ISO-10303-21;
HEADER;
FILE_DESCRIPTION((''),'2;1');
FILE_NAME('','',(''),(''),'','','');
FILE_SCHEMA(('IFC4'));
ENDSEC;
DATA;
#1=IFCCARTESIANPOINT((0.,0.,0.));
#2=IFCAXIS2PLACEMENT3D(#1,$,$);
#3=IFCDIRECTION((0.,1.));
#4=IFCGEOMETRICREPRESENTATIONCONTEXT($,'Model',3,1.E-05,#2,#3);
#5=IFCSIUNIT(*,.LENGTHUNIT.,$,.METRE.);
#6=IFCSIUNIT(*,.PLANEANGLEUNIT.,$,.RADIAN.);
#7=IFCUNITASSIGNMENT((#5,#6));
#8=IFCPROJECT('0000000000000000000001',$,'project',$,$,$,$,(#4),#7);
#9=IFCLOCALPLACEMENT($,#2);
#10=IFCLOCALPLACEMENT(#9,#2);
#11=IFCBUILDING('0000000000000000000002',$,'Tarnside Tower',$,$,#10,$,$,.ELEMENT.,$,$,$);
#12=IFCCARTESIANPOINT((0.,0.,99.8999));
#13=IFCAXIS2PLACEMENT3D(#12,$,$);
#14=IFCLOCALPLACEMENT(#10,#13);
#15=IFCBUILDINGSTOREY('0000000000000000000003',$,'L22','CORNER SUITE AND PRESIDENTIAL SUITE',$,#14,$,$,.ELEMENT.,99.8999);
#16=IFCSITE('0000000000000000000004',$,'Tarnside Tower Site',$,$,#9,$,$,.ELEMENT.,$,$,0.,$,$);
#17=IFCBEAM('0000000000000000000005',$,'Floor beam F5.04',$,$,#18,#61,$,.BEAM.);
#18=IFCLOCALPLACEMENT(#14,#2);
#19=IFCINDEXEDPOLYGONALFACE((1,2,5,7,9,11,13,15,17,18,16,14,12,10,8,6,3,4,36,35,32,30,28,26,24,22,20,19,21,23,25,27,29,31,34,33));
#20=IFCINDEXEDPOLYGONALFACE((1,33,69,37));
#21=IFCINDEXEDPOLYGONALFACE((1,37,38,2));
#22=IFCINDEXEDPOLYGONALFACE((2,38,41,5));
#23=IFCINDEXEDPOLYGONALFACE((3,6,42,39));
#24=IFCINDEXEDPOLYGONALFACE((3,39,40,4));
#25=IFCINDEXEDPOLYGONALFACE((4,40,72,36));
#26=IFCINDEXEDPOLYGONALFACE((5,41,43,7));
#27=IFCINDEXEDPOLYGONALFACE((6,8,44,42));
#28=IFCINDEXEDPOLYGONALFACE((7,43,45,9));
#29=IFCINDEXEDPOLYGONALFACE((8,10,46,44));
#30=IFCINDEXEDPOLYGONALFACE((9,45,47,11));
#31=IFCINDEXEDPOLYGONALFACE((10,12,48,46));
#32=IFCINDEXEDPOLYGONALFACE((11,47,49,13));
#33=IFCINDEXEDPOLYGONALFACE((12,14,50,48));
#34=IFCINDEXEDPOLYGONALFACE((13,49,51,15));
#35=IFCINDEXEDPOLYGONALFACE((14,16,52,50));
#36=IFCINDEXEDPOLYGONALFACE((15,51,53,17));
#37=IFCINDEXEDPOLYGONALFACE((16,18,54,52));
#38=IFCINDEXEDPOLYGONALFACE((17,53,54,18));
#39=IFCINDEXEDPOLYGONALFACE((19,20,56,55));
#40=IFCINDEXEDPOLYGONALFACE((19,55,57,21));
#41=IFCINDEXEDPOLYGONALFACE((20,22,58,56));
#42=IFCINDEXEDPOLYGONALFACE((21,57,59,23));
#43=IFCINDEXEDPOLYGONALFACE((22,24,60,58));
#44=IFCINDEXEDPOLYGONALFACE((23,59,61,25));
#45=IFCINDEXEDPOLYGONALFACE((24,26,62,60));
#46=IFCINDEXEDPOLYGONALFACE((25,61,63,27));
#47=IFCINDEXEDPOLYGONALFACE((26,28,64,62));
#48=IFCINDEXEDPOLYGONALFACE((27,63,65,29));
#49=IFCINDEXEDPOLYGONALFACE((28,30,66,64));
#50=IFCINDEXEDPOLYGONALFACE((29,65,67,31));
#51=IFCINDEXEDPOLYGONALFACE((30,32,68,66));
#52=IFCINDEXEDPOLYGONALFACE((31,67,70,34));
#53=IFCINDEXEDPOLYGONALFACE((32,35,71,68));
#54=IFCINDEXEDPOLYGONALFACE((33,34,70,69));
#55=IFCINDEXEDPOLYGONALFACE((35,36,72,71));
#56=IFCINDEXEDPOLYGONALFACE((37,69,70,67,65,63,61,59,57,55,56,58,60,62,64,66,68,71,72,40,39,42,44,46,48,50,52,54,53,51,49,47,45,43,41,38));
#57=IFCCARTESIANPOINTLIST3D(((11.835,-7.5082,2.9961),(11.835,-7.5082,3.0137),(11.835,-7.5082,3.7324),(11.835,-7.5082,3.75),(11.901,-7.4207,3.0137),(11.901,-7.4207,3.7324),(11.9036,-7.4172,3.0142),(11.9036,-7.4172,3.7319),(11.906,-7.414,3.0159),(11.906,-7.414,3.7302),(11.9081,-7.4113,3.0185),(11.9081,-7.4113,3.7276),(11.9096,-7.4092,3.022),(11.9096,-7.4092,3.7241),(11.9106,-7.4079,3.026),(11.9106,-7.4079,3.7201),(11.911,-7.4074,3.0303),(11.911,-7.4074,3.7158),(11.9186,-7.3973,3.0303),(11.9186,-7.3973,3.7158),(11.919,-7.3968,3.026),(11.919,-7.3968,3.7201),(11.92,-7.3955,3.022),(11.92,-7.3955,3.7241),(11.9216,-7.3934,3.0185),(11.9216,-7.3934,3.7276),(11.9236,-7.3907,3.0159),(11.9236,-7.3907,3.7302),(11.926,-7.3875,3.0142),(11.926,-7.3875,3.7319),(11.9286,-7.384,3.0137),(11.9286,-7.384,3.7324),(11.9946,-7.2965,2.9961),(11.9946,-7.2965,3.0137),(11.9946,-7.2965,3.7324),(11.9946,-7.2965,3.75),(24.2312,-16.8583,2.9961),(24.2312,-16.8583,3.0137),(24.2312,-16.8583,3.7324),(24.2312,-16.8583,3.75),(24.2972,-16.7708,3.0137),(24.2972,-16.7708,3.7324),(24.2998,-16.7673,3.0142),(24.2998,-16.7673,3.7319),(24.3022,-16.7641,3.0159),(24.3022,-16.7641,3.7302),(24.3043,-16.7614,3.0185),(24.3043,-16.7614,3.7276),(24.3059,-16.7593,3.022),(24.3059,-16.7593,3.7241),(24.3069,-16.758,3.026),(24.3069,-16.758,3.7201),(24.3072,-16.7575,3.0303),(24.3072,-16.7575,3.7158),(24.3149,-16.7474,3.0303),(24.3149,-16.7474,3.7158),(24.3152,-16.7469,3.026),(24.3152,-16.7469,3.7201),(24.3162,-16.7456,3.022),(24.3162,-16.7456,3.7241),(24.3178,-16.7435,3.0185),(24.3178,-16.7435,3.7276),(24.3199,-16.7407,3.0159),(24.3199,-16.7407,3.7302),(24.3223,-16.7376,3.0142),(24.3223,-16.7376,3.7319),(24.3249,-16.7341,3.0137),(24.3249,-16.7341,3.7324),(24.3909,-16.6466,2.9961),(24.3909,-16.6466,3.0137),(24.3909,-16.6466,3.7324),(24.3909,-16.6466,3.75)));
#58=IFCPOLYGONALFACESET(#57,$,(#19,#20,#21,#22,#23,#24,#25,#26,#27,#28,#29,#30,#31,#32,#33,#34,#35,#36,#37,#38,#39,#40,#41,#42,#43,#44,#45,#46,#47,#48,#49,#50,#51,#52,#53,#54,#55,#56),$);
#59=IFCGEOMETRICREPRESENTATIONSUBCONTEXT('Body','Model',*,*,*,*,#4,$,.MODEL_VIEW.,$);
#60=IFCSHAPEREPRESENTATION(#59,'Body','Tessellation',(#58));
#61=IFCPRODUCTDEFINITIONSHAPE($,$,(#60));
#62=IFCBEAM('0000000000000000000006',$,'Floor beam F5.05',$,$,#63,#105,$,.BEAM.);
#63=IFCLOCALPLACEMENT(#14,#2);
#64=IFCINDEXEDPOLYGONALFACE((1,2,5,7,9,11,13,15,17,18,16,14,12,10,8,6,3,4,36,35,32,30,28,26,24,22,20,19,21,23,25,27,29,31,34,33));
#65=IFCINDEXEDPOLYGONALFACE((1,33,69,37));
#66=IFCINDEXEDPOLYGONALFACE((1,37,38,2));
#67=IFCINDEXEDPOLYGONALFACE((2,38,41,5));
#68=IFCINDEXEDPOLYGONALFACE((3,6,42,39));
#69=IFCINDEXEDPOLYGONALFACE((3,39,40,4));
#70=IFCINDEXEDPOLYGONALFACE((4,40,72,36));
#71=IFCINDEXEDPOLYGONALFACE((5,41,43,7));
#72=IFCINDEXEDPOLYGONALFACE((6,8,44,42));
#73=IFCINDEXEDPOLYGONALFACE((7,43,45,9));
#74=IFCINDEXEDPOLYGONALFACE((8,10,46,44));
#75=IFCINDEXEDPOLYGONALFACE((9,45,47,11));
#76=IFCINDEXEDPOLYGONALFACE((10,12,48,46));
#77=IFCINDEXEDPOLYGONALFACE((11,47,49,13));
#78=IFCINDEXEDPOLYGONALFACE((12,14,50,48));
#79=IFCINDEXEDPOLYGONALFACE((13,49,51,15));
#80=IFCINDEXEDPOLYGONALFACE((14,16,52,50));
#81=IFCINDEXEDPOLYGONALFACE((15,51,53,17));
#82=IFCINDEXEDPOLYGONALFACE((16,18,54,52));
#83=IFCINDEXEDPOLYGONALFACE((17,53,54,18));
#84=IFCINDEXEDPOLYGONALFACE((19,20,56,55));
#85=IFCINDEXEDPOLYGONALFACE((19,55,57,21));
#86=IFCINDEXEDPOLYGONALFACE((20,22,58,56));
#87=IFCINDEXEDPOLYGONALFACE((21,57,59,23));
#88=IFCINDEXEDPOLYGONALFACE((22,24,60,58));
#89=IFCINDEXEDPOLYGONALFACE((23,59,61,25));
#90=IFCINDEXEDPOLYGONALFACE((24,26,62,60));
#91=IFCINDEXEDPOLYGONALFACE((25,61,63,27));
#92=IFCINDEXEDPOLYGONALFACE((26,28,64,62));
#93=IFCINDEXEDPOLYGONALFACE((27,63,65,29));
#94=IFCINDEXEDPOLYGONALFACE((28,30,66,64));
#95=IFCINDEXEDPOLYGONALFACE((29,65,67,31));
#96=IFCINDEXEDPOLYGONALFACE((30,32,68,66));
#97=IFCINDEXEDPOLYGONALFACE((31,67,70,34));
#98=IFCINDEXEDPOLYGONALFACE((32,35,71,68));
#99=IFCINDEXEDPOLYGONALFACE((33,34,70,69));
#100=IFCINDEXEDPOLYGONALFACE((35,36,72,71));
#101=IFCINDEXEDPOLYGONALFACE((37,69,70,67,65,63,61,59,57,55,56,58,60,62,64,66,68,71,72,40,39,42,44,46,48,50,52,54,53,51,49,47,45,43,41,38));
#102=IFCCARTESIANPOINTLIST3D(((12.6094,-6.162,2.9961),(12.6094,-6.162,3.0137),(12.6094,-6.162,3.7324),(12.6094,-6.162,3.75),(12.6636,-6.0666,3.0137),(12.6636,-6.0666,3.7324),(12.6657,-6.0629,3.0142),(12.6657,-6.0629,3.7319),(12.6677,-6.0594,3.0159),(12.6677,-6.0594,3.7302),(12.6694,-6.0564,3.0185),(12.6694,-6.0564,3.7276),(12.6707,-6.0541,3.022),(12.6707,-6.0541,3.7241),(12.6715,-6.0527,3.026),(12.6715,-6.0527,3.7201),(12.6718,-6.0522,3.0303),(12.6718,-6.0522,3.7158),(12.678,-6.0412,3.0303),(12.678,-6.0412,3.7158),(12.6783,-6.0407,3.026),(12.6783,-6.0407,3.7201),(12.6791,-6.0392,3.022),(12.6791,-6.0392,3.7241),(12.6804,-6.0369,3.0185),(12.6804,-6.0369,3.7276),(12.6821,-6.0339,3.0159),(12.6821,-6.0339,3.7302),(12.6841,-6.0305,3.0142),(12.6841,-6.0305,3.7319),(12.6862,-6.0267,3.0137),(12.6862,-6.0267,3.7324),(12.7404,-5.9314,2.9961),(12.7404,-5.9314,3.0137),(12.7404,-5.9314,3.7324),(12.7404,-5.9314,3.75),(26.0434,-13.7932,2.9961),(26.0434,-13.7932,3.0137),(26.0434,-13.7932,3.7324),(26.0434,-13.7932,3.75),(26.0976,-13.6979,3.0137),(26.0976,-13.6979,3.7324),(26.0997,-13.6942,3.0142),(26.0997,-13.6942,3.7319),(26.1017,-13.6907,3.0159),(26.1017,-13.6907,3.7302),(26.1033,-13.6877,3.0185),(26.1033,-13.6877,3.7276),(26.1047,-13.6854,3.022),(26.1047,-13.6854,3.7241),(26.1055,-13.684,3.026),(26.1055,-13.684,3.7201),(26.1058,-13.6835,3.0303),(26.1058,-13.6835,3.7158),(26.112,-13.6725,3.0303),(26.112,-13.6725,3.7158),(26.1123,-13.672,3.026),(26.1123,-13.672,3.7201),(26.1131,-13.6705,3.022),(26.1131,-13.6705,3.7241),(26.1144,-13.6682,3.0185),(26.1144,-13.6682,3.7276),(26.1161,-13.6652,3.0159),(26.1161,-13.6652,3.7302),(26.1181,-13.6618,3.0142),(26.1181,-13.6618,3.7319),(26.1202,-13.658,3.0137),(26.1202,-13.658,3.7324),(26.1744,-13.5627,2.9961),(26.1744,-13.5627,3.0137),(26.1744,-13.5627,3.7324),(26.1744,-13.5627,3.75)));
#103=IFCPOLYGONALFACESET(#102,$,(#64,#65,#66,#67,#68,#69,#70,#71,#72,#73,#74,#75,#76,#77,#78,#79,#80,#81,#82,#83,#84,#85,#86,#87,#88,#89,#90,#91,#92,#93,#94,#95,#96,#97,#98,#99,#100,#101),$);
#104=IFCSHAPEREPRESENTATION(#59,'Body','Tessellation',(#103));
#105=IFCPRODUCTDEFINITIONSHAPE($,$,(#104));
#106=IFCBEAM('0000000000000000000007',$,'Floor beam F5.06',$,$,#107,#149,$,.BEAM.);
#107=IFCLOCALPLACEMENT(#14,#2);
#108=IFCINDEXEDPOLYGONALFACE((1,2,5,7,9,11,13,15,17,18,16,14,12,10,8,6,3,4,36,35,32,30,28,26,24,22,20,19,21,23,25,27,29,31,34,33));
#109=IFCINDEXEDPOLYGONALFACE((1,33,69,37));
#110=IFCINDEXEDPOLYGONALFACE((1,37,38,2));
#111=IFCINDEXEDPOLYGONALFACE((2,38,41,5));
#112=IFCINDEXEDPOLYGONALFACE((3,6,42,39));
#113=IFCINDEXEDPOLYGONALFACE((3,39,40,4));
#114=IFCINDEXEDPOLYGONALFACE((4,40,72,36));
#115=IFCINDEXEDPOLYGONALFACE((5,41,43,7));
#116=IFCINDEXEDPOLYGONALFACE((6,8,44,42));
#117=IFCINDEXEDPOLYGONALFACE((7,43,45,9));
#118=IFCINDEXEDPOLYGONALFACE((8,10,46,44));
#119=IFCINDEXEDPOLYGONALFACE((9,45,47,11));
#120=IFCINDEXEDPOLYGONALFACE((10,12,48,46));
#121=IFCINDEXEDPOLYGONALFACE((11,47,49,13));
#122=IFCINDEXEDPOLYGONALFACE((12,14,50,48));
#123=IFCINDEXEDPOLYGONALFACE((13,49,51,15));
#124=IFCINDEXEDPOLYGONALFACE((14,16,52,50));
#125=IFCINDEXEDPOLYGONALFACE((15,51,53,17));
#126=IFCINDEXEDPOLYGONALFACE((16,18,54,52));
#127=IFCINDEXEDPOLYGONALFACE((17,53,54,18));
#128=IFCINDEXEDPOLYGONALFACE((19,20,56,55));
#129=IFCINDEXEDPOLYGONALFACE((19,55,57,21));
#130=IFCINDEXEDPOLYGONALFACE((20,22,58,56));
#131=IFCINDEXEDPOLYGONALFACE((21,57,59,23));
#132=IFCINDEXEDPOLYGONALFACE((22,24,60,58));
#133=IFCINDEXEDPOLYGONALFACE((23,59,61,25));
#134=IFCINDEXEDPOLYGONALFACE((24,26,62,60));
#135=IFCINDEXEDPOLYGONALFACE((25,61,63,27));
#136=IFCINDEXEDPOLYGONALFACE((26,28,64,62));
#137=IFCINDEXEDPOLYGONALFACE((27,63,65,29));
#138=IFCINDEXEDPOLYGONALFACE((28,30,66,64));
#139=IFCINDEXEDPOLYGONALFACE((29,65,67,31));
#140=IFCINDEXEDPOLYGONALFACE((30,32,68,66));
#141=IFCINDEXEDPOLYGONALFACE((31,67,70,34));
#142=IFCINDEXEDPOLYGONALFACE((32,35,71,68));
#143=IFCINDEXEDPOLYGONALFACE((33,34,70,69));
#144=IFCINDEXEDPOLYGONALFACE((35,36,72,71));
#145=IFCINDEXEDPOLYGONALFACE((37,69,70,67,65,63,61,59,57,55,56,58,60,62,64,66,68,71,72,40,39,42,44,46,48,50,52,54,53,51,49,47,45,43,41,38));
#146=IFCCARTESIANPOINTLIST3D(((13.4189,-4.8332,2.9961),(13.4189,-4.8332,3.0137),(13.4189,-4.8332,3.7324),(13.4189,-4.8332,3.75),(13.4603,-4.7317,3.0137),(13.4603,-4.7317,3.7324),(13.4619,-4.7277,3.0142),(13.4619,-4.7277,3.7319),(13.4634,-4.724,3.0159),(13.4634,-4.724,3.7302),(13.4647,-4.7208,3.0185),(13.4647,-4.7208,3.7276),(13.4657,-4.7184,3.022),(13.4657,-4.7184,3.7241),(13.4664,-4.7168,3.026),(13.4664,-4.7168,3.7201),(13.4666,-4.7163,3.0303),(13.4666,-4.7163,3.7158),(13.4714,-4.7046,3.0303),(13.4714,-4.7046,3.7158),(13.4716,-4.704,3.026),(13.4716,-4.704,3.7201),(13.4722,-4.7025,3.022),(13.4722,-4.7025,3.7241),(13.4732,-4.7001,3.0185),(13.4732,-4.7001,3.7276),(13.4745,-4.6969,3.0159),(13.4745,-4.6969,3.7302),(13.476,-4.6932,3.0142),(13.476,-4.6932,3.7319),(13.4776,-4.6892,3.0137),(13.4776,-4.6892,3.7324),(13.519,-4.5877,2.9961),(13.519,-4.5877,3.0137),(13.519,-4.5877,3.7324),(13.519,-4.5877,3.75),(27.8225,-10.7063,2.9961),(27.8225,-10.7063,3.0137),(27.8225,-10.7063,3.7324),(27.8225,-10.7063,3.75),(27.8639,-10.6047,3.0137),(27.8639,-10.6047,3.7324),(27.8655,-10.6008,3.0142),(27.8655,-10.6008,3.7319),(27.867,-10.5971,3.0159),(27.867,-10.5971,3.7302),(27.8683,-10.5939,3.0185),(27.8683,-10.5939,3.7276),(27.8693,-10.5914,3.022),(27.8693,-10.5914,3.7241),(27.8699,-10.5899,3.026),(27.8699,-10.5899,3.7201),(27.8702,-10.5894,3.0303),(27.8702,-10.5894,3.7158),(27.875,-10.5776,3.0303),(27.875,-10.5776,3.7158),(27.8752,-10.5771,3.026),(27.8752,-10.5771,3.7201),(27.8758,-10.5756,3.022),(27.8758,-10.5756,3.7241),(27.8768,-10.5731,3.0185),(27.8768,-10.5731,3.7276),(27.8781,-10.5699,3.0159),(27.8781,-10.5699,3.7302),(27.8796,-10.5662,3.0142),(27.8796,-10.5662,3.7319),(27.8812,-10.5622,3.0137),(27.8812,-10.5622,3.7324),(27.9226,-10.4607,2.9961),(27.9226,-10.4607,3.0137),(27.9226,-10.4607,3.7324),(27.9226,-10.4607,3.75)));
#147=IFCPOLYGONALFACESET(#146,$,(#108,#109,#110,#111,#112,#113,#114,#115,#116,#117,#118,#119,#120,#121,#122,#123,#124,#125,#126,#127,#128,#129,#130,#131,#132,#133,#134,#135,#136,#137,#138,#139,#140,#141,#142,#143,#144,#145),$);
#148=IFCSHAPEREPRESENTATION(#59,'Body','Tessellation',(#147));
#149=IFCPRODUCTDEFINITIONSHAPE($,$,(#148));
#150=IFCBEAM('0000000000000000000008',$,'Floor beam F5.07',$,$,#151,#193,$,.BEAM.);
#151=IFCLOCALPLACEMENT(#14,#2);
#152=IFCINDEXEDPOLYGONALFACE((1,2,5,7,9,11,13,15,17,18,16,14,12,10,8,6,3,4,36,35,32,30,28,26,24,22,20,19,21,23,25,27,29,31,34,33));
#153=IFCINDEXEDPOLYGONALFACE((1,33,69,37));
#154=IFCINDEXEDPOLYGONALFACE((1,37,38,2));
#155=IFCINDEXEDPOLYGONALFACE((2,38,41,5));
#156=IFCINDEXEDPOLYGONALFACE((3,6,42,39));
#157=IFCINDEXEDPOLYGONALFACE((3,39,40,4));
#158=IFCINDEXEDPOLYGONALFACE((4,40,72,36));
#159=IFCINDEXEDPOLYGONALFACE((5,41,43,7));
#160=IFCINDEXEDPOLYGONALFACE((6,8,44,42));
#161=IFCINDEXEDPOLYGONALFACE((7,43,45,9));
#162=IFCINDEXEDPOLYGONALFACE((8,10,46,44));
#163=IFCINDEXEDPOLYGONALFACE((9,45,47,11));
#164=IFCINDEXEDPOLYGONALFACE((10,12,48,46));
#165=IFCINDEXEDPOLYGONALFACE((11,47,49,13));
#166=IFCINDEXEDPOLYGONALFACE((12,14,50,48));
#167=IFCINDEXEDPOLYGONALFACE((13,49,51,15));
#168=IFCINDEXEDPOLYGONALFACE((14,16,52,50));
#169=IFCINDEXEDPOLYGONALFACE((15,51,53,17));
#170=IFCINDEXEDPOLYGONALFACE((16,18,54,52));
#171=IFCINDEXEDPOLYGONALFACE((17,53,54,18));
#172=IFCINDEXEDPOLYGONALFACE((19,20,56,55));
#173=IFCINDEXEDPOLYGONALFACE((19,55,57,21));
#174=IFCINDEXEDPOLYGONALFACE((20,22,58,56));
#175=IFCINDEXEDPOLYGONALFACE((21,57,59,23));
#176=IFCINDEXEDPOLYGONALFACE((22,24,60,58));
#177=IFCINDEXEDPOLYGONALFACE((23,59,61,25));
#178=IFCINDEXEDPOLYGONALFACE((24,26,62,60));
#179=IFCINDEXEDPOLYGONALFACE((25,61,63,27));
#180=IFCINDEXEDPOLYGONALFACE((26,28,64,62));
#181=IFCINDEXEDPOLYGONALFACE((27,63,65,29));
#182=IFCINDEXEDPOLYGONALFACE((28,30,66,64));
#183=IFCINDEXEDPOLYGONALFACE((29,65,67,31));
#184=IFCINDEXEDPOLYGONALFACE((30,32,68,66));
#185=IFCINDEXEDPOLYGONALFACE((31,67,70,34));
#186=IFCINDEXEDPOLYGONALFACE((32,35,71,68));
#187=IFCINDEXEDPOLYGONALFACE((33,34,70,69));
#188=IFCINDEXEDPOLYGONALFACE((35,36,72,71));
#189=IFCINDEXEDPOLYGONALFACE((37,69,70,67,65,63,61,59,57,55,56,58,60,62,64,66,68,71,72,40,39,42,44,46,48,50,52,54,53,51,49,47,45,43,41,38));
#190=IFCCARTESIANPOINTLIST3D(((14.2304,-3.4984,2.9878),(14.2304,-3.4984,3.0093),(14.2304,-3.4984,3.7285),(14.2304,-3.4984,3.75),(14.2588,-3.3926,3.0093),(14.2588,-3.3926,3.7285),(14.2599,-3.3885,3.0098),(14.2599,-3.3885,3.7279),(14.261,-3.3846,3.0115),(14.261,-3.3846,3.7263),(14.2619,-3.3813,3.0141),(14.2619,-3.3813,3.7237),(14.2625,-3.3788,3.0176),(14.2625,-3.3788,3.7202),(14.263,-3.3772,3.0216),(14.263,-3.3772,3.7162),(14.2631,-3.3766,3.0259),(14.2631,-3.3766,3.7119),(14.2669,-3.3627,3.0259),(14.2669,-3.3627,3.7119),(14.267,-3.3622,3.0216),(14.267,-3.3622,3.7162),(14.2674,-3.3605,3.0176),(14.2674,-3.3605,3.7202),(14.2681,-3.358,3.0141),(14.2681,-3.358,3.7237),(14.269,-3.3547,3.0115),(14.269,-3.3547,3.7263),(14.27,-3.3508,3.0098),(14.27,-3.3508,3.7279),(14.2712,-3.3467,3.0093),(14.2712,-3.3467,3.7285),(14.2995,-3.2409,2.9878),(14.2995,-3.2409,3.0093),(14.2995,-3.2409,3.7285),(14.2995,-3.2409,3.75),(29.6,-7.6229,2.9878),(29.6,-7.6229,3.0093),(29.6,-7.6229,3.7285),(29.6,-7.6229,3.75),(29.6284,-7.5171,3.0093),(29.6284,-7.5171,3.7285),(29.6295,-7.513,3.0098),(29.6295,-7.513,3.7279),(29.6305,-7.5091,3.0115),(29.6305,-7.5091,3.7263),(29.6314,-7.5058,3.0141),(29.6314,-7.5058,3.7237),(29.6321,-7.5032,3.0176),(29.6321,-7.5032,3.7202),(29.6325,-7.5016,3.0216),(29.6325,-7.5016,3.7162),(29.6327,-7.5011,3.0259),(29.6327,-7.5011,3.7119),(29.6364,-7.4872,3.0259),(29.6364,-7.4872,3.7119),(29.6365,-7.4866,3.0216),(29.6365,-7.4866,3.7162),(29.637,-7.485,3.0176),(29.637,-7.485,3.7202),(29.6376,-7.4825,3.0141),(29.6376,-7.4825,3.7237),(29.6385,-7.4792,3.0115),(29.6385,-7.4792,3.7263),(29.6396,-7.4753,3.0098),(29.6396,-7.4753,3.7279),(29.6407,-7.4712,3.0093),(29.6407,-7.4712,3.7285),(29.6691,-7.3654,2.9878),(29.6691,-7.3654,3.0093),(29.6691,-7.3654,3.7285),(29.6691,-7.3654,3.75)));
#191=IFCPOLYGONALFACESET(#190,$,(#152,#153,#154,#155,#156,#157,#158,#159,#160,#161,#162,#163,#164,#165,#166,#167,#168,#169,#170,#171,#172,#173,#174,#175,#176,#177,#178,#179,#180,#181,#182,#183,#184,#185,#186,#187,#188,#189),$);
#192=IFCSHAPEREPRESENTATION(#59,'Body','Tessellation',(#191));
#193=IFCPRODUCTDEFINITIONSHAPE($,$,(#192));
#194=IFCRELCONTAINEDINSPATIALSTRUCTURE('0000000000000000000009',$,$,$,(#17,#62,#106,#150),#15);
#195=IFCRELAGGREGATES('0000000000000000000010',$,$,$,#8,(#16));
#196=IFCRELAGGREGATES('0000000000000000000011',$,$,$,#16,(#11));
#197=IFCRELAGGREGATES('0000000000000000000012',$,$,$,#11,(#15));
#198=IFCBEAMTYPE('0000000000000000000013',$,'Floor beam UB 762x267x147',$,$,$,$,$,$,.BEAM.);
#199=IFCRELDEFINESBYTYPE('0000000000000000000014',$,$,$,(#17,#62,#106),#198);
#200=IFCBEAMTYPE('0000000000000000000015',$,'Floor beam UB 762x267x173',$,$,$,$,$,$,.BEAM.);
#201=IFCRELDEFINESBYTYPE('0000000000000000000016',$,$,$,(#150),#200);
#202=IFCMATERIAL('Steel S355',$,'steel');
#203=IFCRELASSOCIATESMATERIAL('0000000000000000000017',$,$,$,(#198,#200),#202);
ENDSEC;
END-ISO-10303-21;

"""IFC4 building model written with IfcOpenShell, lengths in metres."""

from ifc_helpers import new_model, si_unit, direction, frame, origin, origin_2d, place, context, subcontext, project, spatial, i_section, extrude, material, material_profile, profile_set, type_object, element, save


model = new_model("IFC4")

# Units and contexts
model_context = context("Model", 3, precision=1e-05, world=origin(), true_north=direction((0.0, 1.0)))
body_context = subcontext(model_context, "Body", "Model", "MODEL_VIEW")
ifc_project = project(units=[si_unit("LENGTHUNIT", "METRE"), si_unit("PLANEANGLEUNIT", "RADIAN")], contexts=[model_context])

# Site, building, storey
site_placement = place(None, origin())
site = spatial("IfcSite", under=ifc_project, at=site_placement, Name="Tarnside Tower Site", CompositionType="ELEMENT", RefElevation=0.0)
building_placement = place(site_placement, origin())
building = spatial("IfcBuilding", under=site, at=building_placement, Name="Tarnside Tower", CompositionType="ELEMENT")
storey_placement = place(building_placement, frame((0.0, 0.0, 99.8999)))
storey = spatial("IfcBuildingStorey", under=building, at=storey_placement, Name="L22", Description="CORNER SUITE AND PRESIDENTIAL SUITE", CompositionType="ELEMENT", Elevation=99.8999)

# Beams
ifc_material_1 = material(Name="Steel S355", Category="steel")
ifc_material_profile_1 = material_profile(ifc_material_1, i_section(OverallWidth=0.2651, OverallDepth=0.7539, WebThickness=0.0127, FlangeThickness=0.0176, FilletRadius=0.0166, at=origin_2d()), Name="UB 762x267x147")
ifc_profile_set_1 = profile_set([ifc_material_profile_1], Name="Steel S355")
beam_type_1 = type_object("IfcBeamType", Name="Floor beam UB 762x267x147", PredefinedType="BEAM", material=ifc_profile_set_1)
beam_1_placement = place(storey_placement, frame((24.311, -16.7524, 3.373), z_axis=(-0.798361, 0.602179, 0.0), x_axis=(-0.602179, -0.798361, 0.0)))
element("IfcBeam", 1, at=beam_1_placement, inside=storey, type_object=beam_type_1, Name="Floor beam F5.04", PredefinedType="BEAM", context=body_context, shape_type="SweptSolid", body=[
    extrude(i_section(OverallWidth=0.2651, OverallDepth=0.7539, WebThickness=0.0127, FlangeThickness=0.0176, FilletRadius=0.0166, at=origin_2d()), origin(), (0.0, 0.0, 1.0), 15.5271),
])
beam_2_placement = place(storey_placement, frame((26.1089, -13.678, 3.373), z_axis=(-0.869503, 0.493929, 0.0), x_axis=(-0.493929, -0.869503, 0.0)))
element("IfcBeam", 2, at=beam_2_placement, inside=storey, type_object=beam_type_1, Name="Floor beam F5.05", PredefinedType="BEAM", context=body_context, shape_type="SweptSolid", body=[
    extrude(i_section(OverallWidth=0.2651, OverallDepth=0.7539, WebThickness=0.0127, FlangeThickness=0.0176, FilletRadius=0.0166, at=origin_2d()), origin(), (0.0, 0.0, 1.0), 15.4502),
])
beam_3_placement = place(storey_placement, frame((27.8726, -10.5835, 3.373), z_axis=(-0.925982, 0.377569, 0.0), x_axis=(-0.377569, -0.925982, 0.0)))
element("IfcBeam", 3, at=beam_3_placement, inside=storey, type_object=beam_type_1, Name="Floor beam F5.06", PredefinedType="BEAM", context=body_context, shape_type="SweptSolid", body=[
    extrude(i_section(OverallWidth=0.2651, OverallDepth=0.7539, WebThickness=0.0127, FlangeThickness=0.0176, FilletRadius=0.0166, at=origin_2d()), origin(), (0.0, 0.0, 1.0), 15.5549),
])
ifc_material_profile_2 = material_profile(ifc_material_1, i_section(OverallWidth=0.2666, OverallDepth=0.7622, WebThickness=0.0144, FlangeThickness=0.0215, FilletRadius=0.0166, at=origin_2d()), Name="UB 762x267x173")
ifc_profile_set_2 = profile_set([ifc_material_profile_2], Name="Steel S355")
beam_type_2 = type_object("IfcBeamType", Name="Floor beam UB 762x267x173", PredefinedType="BEAM", material=ifc_profile_set_2)
beam_4_placement = place(storey_placement, frame((29.6345, -7.4941, 3.3689), z_axis=(-0.965828, 0.259184, 0.0), x_axis=(-0.259184, -0.965828, 0.0)))
element("IfcBeam", 4, at=beam_4_placement, inside=storey, type_object=beam_type_2, Name="Floor beam F5.07", PredefinedType="BEAM", context=body_context, shape_type="SweptSolid", body=[
    extrude(i_section(OverallWidth=0.2666, OverallDepth=0.7622, WebThickness=0.0144, FlangeThickness=0.0215, FilletRadius=0.0166, at=origin_2d()), origin(), (0.0, 0.0, 1.0), 15.9133),
])

save(model, "model.ifc")
